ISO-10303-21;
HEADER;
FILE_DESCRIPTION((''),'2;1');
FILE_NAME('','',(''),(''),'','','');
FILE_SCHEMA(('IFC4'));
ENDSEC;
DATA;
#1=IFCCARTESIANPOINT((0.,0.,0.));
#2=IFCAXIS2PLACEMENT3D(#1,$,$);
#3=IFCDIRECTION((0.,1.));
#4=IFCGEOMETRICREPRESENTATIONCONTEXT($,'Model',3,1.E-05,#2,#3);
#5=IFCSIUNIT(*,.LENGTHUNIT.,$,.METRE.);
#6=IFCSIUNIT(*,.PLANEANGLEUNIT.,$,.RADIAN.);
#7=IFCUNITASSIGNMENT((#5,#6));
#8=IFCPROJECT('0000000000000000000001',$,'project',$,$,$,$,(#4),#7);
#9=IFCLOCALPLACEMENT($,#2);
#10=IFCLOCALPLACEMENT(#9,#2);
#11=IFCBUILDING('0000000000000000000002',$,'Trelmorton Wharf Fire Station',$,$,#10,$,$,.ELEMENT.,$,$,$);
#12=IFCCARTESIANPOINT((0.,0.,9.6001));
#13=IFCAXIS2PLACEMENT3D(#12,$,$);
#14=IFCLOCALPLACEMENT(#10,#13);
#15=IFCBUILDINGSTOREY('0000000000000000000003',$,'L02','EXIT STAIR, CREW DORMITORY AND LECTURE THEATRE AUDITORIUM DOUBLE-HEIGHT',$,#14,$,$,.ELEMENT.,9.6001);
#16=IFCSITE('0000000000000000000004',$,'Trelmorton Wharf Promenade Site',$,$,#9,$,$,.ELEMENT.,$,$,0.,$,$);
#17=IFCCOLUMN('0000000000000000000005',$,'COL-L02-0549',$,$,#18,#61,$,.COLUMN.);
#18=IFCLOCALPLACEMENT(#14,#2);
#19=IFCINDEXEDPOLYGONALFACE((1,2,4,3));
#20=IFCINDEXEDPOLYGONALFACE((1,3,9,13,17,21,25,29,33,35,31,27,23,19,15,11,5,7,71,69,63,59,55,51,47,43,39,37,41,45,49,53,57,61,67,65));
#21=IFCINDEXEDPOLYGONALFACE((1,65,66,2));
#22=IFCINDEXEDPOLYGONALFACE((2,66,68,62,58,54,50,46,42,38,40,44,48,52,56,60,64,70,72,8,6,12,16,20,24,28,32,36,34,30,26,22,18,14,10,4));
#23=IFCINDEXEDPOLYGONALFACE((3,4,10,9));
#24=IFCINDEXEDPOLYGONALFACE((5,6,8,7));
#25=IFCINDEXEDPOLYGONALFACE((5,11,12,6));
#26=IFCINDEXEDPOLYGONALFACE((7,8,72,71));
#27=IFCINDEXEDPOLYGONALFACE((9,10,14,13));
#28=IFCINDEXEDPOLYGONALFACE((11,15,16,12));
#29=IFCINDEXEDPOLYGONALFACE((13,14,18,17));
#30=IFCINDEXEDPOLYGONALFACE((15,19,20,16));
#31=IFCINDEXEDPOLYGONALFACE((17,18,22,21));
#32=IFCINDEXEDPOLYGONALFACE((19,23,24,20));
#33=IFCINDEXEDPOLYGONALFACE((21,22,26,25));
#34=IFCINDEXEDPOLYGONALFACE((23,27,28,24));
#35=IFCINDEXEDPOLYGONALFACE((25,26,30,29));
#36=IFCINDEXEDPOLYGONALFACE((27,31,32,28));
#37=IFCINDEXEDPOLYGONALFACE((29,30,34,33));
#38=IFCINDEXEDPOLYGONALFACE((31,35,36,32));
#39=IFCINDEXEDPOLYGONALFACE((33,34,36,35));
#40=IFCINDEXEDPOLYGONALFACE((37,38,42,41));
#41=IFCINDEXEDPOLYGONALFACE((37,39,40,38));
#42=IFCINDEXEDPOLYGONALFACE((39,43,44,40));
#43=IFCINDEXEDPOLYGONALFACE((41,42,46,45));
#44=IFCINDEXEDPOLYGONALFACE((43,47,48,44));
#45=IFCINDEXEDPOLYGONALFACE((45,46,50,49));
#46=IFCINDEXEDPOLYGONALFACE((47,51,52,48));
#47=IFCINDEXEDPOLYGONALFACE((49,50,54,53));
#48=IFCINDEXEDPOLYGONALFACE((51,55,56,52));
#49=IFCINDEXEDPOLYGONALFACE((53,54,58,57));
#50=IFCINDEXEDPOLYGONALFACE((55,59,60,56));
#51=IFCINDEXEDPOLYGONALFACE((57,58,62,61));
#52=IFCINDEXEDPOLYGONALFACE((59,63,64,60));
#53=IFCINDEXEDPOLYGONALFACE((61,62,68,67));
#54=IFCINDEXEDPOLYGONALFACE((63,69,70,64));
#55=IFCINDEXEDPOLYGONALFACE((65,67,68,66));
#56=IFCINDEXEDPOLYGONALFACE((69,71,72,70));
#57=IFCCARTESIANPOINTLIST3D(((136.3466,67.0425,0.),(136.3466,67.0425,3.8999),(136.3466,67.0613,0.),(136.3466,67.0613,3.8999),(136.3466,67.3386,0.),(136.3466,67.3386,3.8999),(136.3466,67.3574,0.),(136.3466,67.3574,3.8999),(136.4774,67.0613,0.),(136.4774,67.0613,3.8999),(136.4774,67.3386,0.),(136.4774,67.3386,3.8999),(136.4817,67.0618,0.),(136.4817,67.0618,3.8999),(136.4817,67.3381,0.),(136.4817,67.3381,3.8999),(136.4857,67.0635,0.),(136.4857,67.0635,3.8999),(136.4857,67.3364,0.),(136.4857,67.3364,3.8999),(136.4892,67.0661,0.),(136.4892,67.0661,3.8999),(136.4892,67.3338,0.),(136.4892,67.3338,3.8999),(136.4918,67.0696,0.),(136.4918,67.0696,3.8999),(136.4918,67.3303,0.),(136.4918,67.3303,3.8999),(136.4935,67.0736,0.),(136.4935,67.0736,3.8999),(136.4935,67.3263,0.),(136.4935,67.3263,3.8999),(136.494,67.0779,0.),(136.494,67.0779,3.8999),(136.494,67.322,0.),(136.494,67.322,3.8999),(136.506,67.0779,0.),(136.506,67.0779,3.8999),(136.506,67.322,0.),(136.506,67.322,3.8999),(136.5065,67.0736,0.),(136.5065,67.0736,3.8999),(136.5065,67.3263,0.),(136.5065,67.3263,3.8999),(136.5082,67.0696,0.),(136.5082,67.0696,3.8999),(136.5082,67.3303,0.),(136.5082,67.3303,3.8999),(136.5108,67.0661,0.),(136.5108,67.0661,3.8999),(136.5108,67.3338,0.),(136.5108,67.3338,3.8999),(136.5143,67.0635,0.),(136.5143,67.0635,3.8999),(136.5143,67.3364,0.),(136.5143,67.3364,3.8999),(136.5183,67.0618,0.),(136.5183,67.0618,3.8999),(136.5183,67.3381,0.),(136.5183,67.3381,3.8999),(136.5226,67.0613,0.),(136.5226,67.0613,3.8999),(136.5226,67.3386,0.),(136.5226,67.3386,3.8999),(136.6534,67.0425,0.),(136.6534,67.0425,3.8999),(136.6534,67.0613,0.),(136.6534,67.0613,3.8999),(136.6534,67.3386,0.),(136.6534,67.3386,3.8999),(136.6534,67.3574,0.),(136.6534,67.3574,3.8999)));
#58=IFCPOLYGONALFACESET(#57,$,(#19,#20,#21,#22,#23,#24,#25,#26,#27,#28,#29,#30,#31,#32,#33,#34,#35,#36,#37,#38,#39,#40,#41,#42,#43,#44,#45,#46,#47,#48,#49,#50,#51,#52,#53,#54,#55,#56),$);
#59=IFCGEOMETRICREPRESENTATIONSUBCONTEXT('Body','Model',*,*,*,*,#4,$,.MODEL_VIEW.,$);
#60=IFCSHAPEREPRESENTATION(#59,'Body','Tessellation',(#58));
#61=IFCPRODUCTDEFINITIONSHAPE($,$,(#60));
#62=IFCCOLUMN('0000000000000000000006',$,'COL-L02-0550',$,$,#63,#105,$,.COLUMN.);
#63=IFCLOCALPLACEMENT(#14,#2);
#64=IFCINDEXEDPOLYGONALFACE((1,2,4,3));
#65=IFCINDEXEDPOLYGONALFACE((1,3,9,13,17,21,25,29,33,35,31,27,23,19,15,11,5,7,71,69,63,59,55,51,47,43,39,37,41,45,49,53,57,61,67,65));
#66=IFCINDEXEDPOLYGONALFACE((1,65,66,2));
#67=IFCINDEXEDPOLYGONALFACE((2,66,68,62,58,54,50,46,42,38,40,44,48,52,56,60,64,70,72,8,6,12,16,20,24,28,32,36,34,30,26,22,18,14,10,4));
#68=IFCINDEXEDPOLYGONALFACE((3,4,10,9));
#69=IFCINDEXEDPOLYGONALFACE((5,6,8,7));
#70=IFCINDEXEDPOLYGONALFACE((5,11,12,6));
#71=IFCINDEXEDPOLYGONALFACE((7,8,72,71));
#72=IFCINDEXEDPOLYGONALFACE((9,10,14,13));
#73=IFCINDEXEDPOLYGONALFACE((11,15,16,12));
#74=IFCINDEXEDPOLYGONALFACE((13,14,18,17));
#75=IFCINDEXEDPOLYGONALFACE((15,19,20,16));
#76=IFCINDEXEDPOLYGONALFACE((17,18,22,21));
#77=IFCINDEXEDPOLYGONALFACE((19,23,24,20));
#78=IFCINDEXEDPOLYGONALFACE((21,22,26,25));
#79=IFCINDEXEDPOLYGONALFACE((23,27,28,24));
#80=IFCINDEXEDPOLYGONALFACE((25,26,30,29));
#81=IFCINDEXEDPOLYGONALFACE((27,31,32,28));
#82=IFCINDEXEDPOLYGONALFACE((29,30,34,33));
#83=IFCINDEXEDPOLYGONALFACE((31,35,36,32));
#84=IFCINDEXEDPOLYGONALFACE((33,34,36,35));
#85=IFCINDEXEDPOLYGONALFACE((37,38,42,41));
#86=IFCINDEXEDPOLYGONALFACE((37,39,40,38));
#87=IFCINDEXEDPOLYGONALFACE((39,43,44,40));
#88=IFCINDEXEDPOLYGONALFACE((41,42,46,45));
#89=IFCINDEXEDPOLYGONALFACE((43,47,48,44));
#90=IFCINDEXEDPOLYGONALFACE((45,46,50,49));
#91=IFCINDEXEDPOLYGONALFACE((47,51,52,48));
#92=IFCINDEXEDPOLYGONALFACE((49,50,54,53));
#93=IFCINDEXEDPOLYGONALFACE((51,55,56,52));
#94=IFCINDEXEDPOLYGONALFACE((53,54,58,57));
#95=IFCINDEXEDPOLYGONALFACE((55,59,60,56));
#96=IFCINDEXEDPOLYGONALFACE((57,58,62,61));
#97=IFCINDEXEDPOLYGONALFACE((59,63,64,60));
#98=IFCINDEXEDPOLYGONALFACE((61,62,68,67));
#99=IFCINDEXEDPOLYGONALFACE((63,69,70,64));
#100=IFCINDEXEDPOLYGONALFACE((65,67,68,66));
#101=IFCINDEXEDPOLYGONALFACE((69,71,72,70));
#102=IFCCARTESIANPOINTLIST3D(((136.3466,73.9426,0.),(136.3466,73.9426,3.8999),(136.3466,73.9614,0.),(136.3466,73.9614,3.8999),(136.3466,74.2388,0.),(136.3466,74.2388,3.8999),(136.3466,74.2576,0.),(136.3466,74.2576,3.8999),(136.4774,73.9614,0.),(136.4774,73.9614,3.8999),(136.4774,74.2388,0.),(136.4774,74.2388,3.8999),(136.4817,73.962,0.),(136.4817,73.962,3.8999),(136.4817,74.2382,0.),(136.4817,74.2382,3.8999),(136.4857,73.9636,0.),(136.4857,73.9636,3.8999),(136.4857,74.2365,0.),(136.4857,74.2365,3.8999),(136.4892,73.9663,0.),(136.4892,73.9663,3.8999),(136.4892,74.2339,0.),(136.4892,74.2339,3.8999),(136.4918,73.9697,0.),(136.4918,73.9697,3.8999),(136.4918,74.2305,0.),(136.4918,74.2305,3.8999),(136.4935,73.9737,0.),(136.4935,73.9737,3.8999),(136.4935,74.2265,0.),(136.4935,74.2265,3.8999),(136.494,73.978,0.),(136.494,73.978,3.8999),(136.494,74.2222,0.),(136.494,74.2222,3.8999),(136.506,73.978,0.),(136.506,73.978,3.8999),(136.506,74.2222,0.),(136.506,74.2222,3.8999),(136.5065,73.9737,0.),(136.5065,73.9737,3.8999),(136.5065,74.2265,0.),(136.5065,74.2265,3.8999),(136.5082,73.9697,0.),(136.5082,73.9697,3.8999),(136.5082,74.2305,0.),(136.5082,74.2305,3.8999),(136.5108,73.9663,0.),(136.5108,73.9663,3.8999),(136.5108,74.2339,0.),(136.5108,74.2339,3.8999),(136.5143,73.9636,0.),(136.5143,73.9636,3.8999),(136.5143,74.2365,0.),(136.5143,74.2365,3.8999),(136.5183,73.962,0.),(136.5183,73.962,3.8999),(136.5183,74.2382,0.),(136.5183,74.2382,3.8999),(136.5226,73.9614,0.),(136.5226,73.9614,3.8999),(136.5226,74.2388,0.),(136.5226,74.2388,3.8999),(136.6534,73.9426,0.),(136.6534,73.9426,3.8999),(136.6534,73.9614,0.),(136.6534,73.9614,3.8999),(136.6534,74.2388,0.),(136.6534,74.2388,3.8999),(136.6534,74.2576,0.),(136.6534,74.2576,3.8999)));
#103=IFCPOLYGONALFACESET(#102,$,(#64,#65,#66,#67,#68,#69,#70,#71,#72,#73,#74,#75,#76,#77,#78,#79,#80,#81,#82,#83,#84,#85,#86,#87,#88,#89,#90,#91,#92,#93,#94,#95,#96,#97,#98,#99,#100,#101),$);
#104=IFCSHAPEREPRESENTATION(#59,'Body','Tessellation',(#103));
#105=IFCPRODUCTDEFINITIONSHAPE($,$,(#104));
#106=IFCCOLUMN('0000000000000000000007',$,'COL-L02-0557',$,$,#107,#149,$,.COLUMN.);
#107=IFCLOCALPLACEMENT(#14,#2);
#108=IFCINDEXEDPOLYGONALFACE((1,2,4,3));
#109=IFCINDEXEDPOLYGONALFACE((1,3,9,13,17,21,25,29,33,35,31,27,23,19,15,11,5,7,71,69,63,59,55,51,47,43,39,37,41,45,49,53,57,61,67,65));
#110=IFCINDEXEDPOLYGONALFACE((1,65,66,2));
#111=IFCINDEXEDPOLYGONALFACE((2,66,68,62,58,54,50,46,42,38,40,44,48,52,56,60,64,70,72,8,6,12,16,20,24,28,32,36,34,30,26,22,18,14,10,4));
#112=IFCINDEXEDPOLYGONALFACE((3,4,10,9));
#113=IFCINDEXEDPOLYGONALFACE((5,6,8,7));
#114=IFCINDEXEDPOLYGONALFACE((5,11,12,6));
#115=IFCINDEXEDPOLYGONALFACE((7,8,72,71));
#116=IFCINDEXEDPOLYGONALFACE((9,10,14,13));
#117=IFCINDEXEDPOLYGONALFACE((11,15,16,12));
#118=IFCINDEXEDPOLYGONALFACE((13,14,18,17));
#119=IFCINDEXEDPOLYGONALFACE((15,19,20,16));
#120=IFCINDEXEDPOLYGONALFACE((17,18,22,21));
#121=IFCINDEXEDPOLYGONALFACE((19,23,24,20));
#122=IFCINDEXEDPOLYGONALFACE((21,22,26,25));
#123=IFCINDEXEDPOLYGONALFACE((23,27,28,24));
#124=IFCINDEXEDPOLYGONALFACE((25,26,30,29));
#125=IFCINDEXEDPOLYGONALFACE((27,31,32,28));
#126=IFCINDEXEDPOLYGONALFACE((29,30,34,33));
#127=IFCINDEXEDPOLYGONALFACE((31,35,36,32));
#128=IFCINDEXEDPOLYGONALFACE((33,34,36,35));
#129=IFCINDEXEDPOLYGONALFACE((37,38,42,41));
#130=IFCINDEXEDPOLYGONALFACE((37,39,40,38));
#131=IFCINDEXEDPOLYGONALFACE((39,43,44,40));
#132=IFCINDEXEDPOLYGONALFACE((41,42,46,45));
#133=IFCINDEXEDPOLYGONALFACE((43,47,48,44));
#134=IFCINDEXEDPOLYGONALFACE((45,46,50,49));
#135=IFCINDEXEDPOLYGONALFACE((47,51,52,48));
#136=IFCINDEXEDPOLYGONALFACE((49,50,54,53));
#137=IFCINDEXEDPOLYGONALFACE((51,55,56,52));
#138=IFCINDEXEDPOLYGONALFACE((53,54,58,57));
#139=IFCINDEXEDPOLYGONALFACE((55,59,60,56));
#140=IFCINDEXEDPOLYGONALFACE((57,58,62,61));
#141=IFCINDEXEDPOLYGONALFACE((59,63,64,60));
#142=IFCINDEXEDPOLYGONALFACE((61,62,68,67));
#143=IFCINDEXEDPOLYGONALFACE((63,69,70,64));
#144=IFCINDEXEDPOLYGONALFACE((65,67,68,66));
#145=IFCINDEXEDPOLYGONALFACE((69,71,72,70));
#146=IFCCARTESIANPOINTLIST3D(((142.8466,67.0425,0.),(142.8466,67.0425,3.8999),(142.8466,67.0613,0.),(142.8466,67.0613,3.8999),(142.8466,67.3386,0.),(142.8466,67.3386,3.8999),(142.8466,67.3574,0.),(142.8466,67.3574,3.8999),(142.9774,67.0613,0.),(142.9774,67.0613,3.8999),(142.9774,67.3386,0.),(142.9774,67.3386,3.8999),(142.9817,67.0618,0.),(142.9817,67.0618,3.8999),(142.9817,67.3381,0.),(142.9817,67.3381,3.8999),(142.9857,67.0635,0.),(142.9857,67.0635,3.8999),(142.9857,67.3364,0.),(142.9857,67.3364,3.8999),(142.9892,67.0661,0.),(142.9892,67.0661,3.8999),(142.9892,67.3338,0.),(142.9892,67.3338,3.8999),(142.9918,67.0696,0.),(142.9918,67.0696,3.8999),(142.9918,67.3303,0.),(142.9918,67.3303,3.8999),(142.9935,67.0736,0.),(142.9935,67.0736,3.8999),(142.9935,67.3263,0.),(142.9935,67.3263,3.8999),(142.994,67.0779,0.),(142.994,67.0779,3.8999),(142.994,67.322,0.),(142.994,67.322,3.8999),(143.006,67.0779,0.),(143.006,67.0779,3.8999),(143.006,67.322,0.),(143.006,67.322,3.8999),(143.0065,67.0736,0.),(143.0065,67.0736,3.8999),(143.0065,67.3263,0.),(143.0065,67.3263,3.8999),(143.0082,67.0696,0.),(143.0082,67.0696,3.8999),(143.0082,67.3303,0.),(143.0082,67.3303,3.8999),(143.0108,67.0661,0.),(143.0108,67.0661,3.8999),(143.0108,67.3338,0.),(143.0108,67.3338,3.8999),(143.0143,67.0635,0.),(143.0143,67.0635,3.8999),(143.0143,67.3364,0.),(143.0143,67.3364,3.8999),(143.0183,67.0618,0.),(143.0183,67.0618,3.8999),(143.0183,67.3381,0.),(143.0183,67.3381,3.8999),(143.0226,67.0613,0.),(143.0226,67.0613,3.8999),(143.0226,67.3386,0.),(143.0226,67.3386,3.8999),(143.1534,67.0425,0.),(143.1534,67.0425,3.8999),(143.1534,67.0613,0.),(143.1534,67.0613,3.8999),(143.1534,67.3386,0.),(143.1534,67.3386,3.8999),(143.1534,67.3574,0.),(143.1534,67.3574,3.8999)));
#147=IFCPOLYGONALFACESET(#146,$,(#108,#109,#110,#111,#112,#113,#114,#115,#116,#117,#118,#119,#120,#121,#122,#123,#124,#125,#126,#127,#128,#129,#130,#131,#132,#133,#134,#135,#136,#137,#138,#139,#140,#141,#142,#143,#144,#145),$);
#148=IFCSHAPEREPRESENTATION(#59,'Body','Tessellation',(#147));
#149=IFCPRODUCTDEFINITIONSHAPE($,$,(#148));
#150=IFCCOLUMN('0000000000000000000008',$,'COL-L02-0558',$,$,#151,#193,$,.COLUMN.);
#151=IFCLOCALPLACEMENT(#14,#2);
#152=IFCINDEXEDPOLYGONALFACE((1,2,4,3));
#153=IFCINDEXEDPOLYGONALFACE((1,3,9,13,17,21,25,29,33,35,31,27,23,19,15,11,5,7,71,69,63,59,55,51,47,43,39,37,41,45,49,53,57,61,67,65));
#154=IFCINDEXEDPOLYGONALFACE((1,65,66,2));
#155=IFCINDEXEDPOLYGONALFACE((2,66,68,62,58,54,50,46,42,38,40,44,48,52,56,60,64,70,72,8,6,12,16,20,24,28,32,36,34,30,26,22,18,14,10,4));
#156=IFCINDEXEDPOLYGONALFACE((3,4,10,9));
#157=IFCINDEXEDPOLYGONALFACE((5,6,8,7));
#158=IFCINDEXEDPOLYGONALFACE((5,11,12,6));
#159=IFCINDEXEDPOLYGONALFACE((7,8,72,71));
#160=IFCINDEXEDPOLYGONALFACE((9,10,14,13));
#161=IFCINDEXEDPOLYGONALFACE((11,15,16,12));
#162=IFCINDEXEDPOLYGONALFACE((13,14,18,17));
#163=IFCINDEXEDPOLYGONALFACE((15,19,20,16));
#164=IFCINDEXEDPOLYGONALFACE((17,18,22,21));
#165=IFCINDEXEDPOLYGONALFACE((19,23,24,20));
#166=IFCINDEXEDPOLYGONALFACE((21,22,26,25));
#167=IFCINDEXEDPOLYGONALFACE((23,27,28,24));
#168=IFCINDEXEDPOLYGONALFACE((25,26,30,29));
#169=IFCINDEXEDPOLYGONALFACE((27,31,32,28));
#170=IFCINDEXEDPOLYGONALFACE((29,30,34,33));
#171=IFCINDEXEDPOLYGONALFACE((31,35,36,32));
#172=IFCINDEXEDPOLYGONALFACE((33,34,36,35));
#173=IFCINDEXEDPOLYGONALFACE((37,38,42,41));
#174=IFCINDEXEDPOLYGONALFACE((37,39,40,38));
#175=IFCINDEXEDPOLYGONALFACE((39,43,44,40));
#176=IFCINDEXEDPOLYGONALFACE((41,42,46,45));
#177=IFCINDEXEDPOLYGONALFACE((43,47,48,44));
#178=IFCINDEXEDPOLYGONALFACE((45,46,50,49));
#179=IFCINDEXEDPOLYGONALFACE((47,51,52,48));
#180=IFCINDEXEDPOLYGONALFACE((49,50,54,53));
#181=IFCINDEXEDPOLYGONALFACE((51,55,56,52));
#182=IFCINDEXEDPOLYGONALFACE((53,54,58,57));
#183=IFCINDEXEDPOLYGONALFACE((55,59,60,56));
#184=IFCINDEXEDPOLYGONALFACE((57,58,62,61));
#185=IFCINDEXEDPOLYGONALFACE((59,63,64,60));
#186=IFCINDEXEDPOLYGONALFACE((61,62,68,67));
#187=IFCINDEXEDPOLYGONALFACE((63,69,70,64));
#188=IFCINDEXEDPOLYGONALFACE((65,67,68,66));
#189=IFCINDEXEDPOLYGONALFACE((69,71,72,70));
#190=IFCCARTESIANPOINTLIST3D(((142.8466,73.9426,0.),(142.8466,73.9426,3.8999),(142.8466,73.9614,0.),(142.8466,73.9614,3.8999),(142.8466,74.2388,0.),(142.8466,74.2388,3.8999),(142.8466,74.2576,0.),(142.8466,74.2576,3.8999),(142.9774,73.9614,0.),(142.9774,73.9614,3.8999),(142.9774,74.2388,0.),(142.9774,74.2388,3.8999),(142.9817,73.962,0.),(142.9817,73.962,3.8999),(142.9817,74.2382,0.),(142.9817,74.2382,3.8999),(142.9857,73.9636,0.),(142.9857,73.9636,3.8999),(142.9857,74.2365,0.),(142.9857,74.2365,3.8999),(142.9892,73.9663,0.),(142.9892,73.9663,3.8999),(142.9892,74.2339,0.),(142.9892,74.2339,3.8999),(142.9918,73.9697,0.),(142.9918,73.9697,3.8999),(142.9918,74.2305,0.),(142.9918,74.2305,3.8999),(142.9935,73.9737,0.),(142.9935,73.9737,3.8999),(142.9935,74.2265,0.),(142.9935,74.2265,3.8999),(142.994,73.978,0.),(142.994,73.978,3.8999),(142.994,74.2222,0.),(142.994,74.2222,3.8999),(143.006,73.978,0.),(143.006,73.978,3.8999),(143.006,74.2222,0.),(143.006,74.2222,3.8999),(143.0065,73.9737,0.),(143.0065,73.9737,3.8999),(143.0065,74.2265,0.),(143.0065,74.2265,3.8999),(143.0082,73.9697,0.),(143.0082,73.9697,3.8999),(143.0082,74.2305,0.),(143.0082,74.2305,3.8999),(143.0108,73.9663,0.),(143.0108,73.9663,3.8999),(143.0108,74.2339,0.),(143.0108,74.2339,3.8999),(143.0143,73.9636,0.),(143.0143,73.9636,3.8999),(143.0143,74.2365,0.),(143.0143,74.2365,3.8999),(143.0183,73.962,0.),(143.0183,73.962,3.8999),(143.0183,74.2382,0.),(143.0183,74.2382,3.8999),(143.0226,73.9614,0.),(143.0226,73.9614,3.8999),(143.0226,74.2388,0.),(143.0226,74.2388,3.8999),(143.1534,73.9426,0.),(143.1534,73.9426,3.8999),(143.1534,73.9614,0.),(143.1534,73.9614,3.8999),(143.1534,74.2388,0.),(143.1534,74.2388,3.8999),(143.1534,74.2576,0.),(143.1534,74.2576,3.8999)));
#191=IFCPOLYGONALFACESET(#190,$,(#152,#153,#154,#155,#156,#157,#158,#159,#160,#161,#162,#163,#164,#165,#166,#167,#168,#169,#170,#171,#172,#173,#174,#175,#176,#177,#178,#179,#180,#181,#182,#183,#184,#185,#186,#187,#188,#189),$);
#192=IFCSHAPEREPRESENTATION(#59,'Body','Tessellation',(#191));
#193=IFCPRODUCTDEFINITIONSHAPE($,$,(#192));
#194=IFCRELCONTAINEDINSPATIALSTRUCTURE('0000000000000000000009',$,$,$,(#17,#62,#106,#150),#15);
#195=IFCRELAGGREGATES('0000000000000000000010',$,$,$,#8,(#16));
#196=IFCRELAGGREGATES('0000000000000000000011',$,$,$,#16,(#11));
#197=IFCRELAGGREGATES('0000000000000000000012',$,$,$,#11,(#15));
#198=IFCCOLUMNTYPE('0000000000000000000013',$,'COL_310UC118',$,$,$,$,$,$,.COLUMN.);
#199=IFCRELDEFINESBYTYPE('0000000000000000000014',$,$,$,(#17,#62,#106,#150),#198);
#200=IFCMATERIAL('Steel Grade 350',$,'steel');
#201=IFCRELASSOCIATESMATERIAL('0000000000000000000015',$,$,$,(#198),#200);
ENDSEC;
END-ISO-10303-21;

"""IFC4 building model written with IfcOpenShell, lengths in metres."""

from ifc_helpers import new_model, si_unit, direction, frame, origin, origin_2d, place, context, subcontext, project, spatial, i_section, extrude, material, material_profile, profile_set, type_object, element, save


model = new_model("IFC4")

# Units and contexts
model_context = context("Model", 3, precision=1e-05, world=origin(), true_north=direction((0.0, 1.0)))
body_context = subcontext(model_context, "Body", "Model", "MODEL_VIEW")
ifc_project = project(units=[si_unit("LENGTHUNIT", "METRE"), si_unit("PLANEANGLEUNIT", "RADIAN")], contexts=[model_context])

# Site, building, storey
site_placement = place(None, origin())
site = spatial("IfcSite", under=ifc_project, at=site_placement, Name="Trelmorton Wharf Promenade Site", CompositionType="ELEMENT", RefElevation=0.0)
building_placement = place(site_placement, origin())
building = spatial("IfcBuilding", under=site, at=building_placement, Name="Trelmorton Wharf Fire Station", CompositionType="ELEMENT")
storey_placement = place(building_placement, frame((0.0, 0.0, 9.6001)))
storey = spatial("IfcBuildingStorey", under=building, at=storey_placement, Name="L02", Description="EXIT STAIR, CREW DORMITORY AND LECTURE THEATRE AUDITORIUM DOUBLE-HEIGHT", CompositionType="ELEMENT", Elevation=9.6001)

# Columns
ifc_material_1 = material(Name="Steel Grade 350", Category="steel")
ifc_material_profile_1 = material_profile(ifc_material_1, i_section(OverallWidth=0.3069, OverallDepth=0.3149, WebThickness=0.012, FlangeThickness=0.0188, FilletRadius=0.0166, at=origin_2d()), Name="310UC118")
ifc_profile_set_1 = profile_set([ifc_material_profile_1], Name="Steel Grade 350")
column_type = type_object("IfcColumnType", Name="COL_310UC118", PredefinedType="COLUMN", material=ifc_profile_set_1)
for number, where, z_axis, x_axis, name in (
    (1, (136.5, 67.2, 0.0), (0.0, 0.0, 1.0), (1.0, 0.0, 0.0), "COL-L02-0549"),
    (2, (136.5, 74.1001, 0.0), (0.0, 0.0, 1.0), (1.0, 0.0, 0.0), "COL-L02-0550"),
    (3, (143.0, 67.2, 0.0), (0.0, 0.0, 1.0), (1.0, 0.0, 0.0), "COL-L02-0557"),
    (4, (143.0, 74.1001, 0.0), (0.0, 0.0, 1.0), (1.0, 0.0, 0.0), "COL-L02-0558"),
):
    element("IfcColumn", number, at=place(storey_placement, frame(where, z_axis=z_axis, x_axis=x_axis)), inside=storey, type_object=column_type, Name=name, PredefinedType="COLUMN", context=body_context, shape_type="SweptSolid", body=[
        extrude(i_section(OverallWidth=0.3069, OverallDepth=0.3149, WebThickness=0.012, FlangeThickness=0.0188, FilletRadius=0.0166, at=origin_2d()), origin(), (0.0, 0.0, 1.0), 3.8999),
    ])

save(model, "model.ifc")
